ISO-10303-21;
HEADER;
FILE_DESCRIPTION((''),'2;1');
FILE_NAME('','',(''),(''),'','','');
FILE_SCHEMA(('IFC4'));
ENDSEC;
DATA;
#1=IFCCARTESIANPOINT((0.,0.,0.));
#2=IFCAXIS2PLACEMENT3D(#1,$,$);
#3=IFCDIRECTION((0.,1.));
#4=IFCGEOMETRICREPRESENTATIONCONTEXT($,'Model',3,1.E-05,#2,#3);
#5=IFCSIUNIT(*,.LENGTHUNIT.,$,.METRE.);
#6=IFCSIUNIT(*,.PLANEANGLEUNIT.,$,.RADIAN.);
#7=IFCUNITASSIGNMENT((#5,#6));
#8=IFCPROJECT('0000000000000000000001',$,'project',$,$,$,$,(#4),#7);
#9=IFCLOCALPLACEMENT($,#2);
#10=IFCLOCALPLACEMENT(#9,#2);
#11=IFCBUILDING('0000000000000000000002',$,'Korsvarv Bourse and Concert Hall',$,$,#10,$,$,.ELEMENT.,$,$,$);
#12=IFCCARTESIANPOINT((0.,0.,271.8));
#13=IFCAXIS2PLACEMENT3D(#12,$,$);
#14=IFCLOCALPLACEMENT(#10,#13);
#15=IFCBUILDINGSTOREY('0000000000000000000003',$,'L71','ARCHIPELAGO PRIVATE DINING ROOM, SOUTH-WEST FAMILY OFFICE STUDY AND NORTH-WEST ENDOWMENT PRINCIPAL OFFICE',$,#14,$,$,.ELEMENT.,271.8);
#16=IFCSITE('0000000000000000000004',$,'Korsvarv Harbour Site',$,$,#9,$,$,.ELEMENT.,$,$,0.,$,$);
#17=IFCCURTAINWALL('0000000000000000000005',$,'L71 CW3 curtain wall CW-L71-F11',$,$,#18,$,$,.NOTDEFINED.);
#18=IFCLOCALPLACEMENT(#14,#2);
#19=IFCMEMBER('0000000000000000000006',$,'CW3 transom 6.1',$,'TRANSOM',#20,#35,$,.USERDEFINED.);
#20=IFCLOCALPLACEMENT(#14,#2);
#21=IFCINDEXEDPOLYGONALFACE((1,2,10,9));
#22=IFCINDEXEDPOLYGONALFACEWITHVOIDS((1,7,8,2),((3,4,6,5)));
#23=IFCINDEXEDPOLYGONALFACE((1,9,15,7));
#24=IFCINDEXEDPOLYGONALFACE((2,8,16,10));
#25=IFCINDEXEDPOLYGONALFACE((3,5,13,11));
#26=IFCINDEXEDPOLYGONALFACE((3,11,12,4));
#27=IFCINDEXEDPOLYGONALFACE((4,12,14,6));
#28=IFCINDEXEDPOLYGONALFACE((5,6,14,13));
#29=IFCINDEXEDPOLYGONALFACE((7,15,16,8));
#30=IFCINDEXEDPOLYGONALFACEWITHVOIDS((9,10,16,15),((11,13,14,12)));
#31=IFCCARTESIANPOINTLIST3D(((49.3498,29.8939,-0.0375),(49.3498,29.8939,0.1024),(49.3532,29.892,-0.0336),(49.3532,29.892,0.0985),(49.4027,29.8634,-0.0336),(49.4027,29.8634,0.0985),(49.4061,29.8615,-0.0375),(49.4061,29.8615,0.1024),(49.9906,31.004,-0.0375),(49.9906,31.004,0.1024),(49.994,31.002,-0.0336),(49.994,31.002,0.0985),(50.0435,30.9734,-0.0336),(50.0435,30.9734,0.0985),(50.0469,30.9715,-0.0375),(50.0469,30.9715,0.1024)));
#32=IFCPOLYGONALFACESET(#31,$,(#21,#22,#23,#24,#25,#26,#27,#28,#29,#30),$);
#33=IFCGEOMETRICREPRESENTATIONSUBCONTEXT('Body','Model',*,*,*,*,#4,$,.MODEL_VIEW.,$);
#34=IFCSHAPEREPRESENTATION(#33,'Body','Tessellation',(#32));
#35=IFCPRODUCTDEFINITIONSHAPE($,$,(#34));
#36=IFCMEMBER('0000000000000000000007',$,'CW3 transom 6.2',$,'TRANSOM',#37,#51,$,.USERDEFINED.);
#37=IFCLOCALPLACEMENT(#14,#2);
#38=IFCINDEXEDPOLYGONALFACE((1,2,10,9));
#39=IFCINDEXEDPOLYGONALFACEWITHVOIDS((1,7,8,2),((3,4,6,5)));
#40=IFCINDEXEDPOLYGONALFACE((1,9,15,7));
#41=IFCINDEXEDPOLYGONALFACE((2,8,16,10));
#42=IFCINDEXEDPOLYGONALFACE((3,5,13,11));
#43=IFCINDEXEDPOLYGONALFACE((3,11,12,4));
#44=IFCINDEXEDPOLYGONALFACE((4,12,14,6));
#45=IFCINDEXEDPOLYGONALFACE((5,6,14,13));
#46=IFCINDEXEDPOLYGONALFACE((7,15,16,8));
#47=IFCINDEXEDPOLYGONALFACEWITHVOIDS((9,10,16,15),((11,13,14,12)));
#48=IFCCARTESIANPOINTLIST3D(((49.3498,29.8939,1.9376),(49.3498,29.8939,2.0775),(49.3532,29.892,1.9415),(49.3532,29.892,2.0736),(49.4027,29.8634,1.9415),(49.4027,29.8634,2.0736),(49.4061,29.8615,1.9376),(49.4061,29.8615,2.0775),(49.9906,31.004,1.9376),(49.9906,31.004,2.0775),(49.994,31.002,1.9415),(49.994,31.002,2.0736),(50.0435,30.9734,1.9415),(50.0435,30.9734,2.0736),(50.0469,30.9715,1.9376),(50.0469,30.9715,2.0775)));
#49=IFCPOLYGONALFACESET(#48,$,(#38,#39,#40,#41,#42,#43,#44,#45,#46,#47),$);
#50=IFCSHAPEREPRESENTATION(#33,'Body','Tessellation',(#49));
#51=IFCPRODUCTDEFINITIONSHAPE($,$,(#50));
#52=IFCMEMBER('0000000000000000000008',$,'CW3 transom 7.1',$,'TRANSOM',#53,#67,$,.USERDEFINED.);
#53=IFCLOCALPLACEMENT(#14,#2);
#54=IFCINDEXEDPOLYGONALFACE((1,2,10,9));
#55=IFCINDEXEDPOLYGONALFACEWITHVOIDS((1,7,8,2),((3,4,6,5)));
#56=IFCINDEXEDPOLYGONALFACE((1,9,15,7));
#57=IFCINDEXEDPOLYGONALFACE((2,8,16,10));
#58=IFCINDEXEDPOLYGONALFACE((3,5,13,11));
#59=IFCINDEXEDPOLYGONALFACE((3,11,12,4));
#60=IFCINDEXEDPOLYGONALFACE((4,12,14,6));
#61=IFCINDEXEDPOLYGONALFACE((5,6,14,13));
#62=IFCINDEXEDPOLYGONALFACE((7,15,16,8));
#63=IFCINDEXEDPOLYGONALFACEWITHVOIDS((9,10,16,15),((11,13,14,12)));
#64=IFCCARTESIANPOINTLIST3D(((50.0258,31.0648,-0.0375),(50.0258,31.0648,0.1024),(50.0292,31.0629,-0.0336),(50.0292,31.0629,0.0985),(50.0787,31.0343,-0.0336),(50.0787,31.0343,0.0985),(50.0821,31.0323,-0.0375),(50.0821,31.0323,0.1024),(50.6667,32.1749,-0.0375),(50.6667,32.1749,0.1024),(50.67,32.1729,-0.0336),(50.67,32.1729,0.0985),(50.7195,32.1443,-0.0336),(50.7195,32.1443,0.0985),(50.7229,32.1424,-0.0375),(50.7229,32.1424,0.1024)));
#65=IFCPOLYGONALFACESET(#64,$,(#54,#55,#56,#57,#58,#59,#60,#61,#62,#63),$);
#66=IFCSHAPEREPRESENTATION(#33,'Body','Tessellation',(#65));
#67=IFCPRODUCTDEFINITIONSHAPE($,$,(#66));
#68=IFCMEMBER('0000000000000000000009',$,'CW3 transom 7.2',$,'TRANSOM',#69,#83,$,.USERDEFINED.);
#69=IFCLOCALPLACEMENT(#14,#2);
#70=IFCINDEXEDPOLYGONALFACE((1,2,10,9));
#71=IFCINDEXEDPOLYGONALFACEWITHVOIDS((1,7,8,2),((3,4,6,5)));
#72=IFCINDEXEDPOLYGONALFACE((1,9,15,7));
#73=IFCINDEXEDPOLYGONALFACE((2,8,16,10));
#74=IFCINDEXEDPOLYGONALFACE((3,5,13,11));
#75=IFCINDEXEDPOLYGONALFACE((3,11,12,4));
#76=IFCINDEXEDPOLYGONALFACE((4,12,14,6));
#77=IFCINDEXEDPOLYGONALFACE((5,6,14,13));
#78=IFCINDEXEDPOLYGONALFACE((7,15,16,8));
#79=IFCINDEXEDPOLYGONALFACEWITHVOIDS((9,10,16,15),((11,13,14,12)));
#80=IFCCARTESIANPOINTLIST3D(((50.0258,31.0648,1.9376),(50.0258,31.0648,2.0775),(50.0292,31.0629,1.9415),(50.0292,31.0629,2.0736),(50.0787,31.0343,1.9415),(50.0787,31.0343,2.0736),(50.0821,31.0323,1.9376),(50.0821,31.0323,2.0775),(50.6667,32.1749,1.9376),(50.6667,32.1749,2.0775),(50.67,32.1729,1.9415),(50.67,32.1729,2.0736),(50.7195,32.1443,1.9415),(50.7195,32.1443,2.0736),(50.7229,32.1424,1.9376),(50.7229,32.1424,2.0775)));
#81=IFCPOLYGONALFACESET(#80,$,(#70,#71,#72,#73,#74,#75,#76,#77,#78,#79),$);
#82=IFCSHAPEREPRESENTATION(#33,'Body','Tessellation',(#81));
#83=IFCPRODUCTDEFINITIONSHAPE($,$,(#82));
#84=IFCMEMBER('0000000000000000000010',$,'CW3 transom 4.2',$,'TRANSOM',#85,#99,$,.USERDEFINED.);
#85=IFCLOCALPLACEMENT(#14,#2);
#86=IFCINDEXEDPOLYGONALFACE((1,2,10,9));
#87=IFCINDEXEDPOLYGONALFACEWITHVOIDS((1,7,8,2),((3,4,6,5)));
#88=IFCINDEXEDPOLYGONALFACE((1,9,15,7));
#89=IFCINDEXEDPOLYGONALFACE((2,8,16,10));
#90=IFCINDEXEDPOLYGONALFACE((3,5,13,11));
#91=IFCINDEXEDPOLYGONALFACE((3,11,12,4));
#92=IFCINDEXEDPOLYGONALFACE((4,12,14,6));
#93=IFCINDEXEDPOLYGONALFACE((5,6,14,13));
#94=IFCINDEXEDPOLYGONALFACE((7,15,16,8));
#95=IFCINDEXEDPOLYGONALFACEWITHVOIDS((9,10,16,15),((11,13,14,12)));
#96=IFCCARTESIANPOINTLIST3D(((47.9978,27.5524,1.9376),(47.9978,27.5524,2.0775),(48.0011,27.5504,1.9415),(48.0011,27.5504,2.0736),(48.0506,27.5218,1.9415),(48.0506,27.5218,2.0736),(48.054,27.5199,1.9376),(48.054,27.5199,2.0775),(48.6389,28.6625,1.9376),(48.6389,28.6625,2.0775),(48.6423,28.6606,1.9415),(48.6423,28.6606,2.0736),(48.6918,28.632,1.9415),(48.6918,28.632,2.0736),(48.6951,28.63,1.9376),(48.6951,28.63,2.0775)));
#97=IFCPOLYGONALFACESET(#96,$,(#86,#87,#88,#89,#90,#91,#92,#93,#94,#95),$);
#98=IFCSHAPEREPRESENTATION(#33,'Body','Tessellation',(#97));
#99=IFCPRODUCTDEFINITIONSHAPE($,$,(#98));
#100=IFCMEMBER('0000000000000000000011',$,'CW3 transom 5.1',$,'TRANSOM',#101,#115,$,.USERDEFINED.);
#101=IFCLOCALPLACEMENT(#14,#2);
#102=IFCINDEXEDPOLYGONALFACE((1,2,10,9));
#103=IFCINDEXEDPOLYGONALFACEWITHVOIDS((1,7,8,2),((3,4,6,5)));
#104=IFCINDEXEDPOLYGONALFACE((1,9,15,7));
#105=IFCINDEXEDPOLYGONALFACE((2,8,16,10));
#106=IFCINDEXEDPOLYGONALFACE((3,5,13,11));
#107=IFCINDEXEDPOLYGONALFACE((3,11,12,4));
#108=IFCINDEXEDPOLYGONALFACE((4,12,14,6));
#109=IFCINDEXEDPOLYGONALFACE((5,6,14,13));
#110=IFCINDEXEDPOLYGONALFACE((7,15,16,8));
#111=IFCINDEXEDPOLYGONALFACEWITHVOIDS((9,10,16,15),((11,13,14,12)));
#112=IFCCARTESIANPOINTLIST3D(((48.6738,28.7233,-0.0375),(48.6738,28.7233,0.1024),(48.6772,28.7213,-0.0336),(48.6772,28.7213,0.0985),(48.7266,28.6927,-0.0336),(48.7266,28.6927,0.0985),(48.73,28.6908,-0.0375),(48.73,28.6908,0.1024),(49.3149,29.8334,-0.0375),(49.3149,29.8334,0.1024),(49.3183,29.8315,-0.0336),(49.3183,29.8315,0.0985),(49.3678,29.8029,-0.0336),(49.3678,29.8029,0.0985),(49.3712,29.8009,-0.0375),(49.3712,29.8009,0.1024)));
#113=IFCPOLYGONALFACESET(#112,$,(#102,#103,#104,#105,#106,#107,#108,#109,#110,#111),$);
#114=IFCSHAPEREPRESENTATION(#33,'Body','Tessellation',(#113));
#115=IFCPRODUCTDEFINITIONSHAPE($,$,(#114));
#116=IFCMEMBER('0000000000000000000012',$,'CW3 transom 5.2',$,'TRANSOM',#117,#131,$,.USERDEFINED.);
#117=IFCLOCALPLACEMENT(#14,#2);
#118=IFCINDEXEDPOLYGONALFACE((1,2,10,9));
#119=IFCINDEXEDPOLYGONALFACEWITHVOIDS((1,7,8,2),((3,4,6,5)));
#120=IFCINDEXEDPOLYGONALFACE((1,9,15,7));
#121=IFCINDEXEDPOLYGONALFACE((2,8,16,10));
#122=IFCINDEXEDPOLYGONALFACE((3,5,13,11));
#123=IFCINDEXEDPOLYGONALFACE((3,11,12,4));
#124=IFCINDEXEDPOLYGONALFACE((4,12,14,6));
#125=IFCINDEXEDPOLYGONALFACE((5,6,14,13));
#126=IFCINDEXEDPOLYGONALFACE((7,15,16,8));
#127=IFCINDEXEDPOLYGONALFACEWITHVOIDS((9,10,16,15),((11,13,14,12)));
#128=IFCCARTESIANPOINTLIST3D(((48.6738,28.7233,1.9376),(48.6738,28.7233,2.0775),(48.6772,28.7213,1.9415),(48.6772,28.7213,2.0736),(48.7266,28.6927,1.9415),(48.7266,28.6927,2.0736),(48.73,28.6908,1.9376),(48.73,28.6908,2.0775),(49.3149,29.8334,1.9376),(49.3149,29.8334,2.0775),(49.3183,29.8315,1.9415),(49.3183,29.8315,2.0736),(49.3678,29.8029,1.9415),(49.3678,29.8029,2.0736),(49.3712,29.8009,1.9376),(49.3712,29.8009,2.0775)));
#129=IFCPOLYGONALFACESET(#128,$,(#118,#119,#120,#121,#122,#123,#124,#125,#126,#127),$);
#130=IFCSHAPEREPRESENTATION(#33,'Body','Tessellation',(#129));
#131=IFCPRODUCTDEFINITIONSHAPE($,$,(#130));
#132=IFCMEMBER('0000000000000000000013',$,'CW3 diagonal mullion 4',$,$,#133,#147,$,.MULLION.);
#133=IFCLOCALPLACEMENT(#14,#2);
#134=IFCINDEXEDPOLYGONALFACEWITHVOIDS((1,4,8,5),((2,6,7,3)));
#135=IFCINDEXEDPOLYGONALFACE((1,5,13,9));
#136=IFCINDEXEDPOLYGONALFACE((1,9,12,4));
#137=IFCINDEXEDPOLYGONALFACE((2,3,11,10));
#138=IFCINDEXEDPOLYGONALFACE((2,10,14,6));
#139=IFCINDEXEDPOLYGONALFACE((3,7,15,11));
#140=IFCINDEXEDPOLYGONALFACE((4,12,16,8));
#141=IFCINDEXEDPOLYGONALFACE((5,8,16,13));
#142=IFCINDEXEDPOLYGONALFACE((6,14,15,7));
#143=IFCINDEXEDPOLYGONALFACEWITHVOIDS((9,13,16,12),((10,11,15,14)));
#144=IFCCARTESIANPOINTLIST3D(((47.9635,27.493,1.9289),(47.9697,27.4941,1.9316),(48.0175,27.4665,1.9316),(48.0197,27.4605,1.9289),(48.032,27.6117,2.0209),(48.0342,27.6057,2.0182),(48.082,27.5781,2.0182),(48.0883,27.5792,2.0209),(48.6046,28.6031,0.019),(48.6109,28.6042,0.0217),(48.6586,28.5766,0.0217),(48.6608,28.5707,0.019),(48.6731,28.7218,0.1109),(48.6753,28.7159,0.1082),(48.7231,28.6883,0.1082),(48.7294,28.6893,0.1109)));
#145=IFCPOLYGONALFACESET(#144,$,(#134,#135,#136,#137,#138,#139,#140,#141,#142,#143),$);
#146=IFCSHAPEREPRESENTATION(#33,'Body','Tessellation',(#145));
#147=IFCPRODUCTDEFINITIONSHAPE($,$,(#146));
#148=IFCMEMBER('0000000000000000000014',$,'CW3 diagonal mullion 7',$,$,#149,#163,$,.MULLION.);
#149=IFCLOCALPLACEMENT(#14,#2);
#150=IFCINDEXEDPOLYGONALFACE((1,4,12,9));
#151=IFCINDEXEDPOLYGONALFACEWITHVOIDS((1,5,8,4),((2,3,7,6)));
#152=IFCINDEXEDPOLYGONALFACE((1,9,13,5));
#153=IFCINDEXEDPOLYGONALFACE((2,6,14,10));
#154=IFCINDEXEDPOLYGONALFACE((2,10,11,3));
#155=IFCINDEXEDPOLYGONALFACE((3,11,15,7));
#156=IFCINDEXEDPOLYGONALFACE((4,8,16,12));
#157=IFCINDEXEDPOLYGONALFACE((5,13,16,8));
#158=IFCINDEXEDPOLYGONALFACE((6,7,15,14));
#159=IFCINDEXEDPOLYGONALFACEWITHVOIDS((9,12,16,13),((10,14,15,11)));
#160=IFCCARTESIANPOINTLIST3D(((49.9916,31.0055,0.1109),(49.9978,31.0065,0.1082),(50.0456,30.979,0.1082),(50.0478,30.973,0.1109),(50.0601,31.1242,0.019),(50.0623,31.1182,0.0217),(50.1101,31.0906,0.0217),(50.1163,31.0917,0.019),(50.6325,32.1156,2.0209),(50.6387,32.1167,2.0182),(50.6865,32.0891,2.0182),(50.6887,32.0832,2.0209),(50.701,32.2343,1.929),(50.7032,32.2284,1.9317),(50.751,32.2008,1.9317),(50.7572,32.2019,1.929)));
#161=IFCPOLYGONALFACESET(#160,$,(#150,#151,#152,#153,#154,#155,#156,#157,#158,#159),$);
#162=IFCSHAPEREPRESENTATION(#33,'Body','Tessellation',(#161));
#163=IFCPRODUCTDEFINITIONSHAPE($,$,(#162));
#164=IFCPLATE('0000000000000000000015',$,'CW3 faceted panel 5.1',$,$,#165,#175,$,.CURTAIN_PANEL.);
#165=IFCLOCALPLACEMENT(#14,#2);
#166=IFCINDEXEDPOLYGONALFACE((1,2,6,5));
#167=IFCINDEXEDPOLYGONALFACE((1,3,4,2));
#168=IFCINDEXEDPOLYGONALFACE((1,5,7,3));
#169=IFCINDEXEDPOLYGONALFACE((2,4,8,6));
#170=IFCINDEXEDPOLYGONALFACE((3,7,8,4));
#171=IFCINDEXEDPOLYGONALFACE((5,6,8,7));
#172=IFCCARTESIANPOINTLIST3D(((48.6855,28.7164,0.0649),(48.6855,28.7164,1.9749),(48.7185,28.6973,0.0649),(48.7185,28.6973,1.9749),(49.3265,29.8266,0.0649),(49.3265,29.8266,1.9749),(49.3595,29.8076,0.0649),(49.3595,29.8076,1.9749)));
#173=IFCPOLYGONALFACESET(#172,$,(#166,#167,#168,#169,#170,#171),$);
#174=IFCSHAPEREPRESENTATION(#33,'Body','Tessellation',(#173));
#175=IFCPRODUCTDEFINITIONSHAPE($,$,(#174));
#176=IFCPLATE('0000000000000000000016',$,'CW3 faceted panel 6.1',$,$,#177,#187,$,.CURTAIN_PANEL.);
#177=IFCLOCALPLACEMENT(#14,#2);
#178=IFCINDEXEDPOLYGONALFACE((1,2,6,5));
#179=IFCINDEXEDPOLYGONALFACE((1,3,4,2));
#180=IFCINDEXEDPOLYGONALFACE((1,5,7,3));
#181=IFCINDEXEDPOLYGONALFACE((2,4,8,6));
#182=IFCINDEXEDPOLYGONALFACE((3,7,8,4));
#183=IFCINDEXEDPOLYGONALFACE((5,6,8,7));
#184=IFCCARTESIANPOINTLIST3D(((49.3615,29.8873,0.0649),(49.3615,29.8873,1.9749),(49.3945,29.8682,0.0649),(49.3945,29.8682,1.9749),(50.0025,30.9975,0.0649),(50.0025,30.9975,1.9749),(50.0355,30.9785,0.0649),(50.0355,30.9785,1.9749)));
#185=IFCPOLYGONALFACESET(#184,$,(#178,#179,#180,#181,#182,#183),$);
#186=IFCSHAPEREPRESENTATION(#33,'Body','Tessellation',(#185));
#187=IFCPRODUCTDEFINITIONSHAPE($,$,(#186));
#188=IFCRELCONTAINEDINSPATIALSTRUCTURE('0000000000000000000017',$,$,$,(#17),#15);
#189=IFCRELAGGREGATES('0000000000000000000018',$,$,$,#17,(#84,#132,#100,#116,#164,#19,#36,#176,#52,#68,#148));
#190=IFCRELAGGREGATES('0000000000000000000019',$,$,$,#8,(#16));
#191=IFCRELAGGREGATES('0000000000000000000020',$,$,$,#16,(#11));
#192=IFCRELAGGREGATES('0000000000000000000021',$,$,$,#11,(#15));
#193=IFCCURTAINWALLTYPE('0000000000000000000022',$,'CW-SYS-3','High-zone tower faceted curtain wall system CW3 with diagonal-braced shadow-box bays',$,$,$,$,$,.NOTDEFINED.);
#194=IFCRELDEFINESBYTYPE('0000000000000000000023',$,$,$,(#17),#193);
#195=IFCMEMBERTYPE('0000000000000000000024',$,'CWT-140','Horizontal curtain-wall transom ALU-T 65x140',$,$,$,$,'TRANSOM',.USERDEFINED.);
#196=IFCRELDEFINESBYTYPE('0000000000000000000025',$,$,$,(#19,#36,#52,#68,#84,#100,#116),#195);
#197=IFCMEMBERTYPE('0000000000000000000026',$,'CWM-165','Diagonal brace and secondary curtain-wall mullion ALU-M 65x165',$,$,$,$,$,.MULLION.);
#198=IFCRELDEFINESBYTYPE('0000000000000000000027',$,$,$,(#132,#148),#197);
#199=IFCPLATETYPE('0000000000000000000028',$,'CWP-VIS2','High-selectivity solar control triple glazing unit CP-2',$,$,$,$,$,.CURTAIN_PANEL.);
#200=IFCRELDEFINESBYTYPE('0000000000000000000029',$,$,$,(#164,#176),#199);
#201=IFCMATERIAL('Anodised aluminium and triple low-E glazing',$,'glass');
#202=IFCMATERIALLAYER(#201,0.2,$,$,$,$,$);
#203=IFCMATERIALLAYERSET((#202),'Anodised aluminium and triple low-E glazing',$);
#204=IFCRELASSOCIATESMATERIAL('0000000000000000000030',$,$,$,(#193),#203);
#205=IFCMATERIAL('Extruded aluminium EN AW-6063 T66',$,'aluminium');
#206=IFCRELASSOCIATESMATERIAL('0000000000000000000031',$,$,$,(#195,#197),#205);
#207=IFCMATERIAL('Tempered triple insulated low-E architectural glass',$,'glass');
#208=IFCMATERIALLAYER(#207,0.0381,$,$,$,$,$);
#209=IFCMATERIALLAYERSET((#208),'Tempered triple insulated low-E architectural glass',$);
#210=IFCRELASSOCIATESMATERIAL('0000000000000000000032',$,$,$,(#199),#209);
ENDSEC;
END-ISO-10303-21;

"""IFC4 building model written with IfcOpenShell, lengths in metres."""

from ifc_helpers import new_model, si_unit, direction, frame, origin, origin_2d, place, context, subcontext, project, spatial, rectangle, hollow_rectangle, extrude, source, transform, mapped, material, layer, layer_set, material_profile, profile_set, type_object, element, aggregate, save


model = new_model("IFC4")

# Units and contexts
model_context = context("Model", 3, precision=1e-05, world=origin(), true_north=direction((0.0, 1.0)))
body_context = subcontext(model_context, "Body", "Model", "MODEL_VIEW")
ifc_project = project(units=[si_unit("LENGTHUNIT", "METRE"), si_unit("PLANEANGLEUNIT", "RADIAN")], contexts=[model_context])

# Site, building, storey
site_placement = place(None, origin())
site = spatial("IfcSite", under=ifc_project, at=site_placement, Name="Korsvarv Harbour Site", CompositionType="ELEMENT", RefElevation=0.0)
building_placement = place(site_placement, origin())
building = spatial("IfcBuilding", under=site, at=building_placement, Name="Korsvarv Bourse and Concert Hall", CompositionType="ELEMENT")
storey_placement = place(building_placement, frame((0.0, 0.0, 271.8)))
storey = spatial("IfcBuildingStorey", under=building, at=storey_placement, Name="L71", Description="ARCHIPELAGO PRIVATE DINING ROOM, SOUTH-WEST FAMILY OFFICE STUDY AND NORTH-WEST ENDOWMENT PRINCIPAL OFFICE", CompositionType="ELEMENT", Elevation=271.8)

# Curtain wall, members, plates
ifc_material_1 = material(Name="Anodised aluminium and triple low-E glazing", Category="glass")
ifc_layer_1 = layer(ifc_material_1, 0.2)
ifc_layer_set_1 = layer_set([ifc_layer_1], Name="Anodised aluminium and triple low-E glazing")
curtain_wall_type = type_object("IfcCurtainWallType", Name="CW-SYS-3", Description="High-zone tower faceted curtain wall system CW3 with diagonal-braced shadow-box bays", PredefinedType="NOTDEFINED", material=ifc_layer_set_1)
curtain_wall_placement = place(storey_placement, origin())
curtain_wall = element("IfcCurtainWall", 1, at=curtain_wall_placement, inside=storey, type_object=curtain_wall_type, Name="L71 CW3 curtain wall CW-L71-F11", PredefinedType="NOTDEFINED")
ifc_material_2 = material(Name="Extruded aluminium EN AW-6063 T66", Category="aluminium")
ifc_material_profile_1 = material_profile(ifc_material_2, hollow_rectangle(XDim=0.0649, YDim=0.1399, WallThickness=0.0039, at=origin_2d()), Name="ALU-T 65x140")
ifc_profile_set_1 = profile_set([ifc_material_profile_1], Name="Extruded aluminium EN AW-6063 T66")
member_type_1 = type_object("IfcMemberType", Name="CWT-140", Description="Horizontal curtain-wall transom ALU-T 65x140", ElementType="TRANSOM", PredefinedType="USERDEFINED", material=ifc_profile_set_1)
shared_shape_1 = source(origin(), body_context, "Body", "SweptSolid", [
    extrude(hollow_rectangle(XDim=0.0649, YDim=0.1399, WallThickness=0.0039, at=origin_2d()), origin(), (0.0, 0.0, 1.0), 1.2817),
])
member_1_placement = place(storey_placement, frame((49.3779, 29.8777, 0.0325), z_axis=(0.49997, 0.866043, 0.0), x_axis=(-0.866043, 0.49997, 0.0)))
member_1 = element("IfcMember", 2, at=member_1_placement, type_object=member_type_1, Name="CW3 transom 6.1", ObjectType="TRANSOM", PredefinedType="USERDEFINED", context=body_context, shape_type="MappedRepresentation", body=[
    mapped(shared_shape_1, transform((0.0, 0.0, 0.0), scale=1.0)),
])
member_2_placement = place(storey_placement, frame((49.3779, 29.8777, 2.0076), z_axis=(0.49997, 0.866043, 0.0), x_axis=(-0.866043, 0.49997, 0.0)))
member_2 = element("IfcMember", 3, at=member_2_placement, type_object=member_type_1, Name="CW3 transom 6.2", ObjectType="TRANSOM", PredefinedType="USERDEFINED", context=body_context, shape_type="MappedRepresentation", body=[
    mapped(shared_shape_1, transform((0.0, 0.0, 0.0), scale=1.0)),
])
member_3_placement = place(storey_placement, frame((50.054, 31.0486, 0.0325), z_axis=(0.49997, 0.866043, 0.0), x_axis=(-0.866043, 0.49997, 0.0)))
member_3 = element("IfcMember", 4, at=member_3_placement, type_object=member_type_1, Name="CW3 transom 7.1", ObjectType="TRANSOM", PredefinedType="USERDEFINED", context=body_context, shape_type="MappedRepresentation", body=[
    mapped(shared_shape_1, transform((0.0, 0.0, 0.0), scale=1.0)),
])
member_4_placement = place(storey_placement, frame((50.054, 31.0486, 2.0076), z_axis=(0.49997, 0.866043, 0.0), x_axis=(-0.866043, 0.49997, 0.0)))
member_4 = element("IfcMember", 5, at=member_4_placement, type_object=member_type_1, Name="CW3 transom 7.2", ObjectType="TRANSOM", PredefinedType="USERDEFINED", context=body_context, shape_type="MappedRepresentation", body=[
    mapped(shared_shape_1, transform((0.0, 0.0, 0.0), scale=1.0)),
])
shared_shape_2 = source(origin(), body_context, "Body", "SweptSolid", [
    extrude(hollow_rectangle(XDim=0.0649, YDim=0.1399, WallThickness=0.0039, at=origin_2d()), origin(), (0.0, 0.0, 1.0), 1.282),
])
member_5_placement = place(storey_placement, frame((48.0259, 27.5361, 2.0076), z_axis=(0.500113, 0.86596, 0.0), x_axis=(-0.86596, 0.500113, 0.0)))
member_5 = element("IfcMember", 6, at=member_5_placement, type_object=member_type_1, Name="CW3 transom 4.2", ObjectType="TRANSOM", PredefinedType="USERDEFINED", context=body_context, shape_type="MappedRepresentation", body=[
    mapped(shared_shape_2, transform((0.0, 0.0, 0.0), scale=1.0)),
])
member_6_placement = place(storey_placement, frame((48.7019, 28.707, 0.0325), z_axis=(0.500113, 0.86596, 0.0), x_axis=(-0.86596, 0.500113, 0.0)))
member_6 = element("IfcMember", 7, at=member_6_placement, type_object=member_type_1, Name="CW3 transom 5.1", ObjectType="TRANSOM", PredefinedType="USERDEFINED", context=body_context, shape_type="MappedRepresentation", body=[
    mapped(shared_shape_2, transform((0.0, 0.0, 0.0), scale=1.0)),
])
member_7_placement = place(storey_placement, frame((48.7019, 28.707, 2.0076), z_axis=(0.500113, 0.86596, 0.0), x_axis=(-0.86596, 0.500113, 0.0)))
member_7 = element("IfcMember", 8, at=member_7_placement, type_object=member_type_1, Name="CW3 transom 5.2", ObjectType="TRANSOM", PredefinedType="USERDEFINED", context=body_context, shape_type="MappedRepresentation", body=[
    mapped(shared_shape_2, transform((0.0, 0.0, 0.0), scale=1.0)),
])
ifc_material_profile_2 = material_profile(ifc_material_2, hollow_rectangle(XDim=0.0649, YDim=0.165, WallThickness=0.0049, at=origin_2d()), Name="ALU-M 65x165")
ifc_profile_set_2 = profile_set([ifc_material_profile_2], Name="Extruded aluminium EN AW-6063 T66")
member_type_2 = type_object("IfcMemberType", Name="CWM-165", Description="Diagonal brace and secondary curtain-wall mullion ALU-M 65x165", PredefinedType="MULLION", material=ifc_profile_set_2)
shared_shape_3 = source(origin(), body_context, "Body", "SweptSolid", [
    extrude(hollow_rectangle(XDim=0.0649, YDim=0.165, WallThickness=0.0049, at=origin_2d()), origin(), (0.0, 0.0, 1.0), 2.3003),
])
member_8_placement = place(storey_placement, frame((48.667, 28.6462, 0.0649), z_axis=(-0.278715, -0.482604, 0.830308), x_axis=(0.86596, -0.500113, 0.0)))
member_8 = element("IfcMember", 9, at=member_8_placement, type_object=member_type_2, Name="CW3 diagonal mullion 4", PredefinedType="MULLION", context=body_context, shape_type="MappedRepresentation", body=[
    mapped(shared_shape_3, transform((0.0, 0.0, 0.0), scale=1.0)),
])
member_9_placement = place(storey_placement, frame((50.054, 31.0486, 0.0649), z_axis=(0.278617, 0.482618, 0.830333), x_axis=(-0.866043, 0.49997, 0.0)))
member_9 = element("IfcMember", 10, at=member_9_placement, type_object=member_type_2, Name="CW3 diagonal mullion 7", PredefinedType="MULLION", context=body_context, shape_type="MappedRepresentation", body=[
    mapped(shared_shape_3, transform((0.0, 0.0, 0.0), scale=1.0)),
])
ifc_material_3 = material(Name="Tempered triple insulated low-E architectural glass", Category="glass")
ifc_layer_2 = layer(ifc_material_3, 0.0381)
ifc_layer_set_2 = layer_set([ifc_layer_2], Name="Tempered triple insulated low-E architectural glass")
plate_type_1 = type_object("IfcPlateType", Name="CWP-VIS2", Description="High-selectivity solar control triple glazing unit CP-2", PredefinedType="CURTAIN_PANEL", material=ifc_layer_set_2)
shared_shape_4 = source(origin(), body_context, "Body", "SweptSolid", [
    extrude(rectangle(XDim=1.282, YDim=0.0381, at=origin_2d()), origin(), (0.0, 0.0, 1.0), 1.9099),
])
plate_1_placement = place(storey_placement, frame((49.0225, 29.262, 0.0649), z_axis=(0.0, 0.0, 1.0), x_axis=(0.500004, 0.866023, 0.0)))
plate_1 = element("IfcPlate", 11, at=plate_1_placement, type_object=plate_type_1, Name="CW3 faceted panel 5.1", PredefinedType="CURTAIN_PANEL", context=body_context, shape_type="MappedRepresentation", body=[
    mapped(shared_shape_4, transform((0.0, 0.0, 0.0), scale=1.0)),
])
plate_2_placement = place(storey_placement, frame((49.6985, 30.4329, 0.0649), z_axis=(0.0, 0.0, 1.0), x_axis=(0.500004, 0.866023, 0.0)))
plate_2 = element("IfcPlate", 12, at=plate_2_placement, type_object=plate_type_1, Name="CW3 faceted panel 6.1", PredefinedType="CURTAIN_PANEL", context=body_context, shape_type="MappedRepresentation", body=[
    mapped(shared_shape_4, transform((0.0, 0.0, 0.0), scale=1.0)),
])
aggregate(curtain_wall, [member_5, member_8, member_6, member_7, plate_1, member_1, member_2, plate_2, member_3, member_4, member_9])

save(model, "model.ifc")
